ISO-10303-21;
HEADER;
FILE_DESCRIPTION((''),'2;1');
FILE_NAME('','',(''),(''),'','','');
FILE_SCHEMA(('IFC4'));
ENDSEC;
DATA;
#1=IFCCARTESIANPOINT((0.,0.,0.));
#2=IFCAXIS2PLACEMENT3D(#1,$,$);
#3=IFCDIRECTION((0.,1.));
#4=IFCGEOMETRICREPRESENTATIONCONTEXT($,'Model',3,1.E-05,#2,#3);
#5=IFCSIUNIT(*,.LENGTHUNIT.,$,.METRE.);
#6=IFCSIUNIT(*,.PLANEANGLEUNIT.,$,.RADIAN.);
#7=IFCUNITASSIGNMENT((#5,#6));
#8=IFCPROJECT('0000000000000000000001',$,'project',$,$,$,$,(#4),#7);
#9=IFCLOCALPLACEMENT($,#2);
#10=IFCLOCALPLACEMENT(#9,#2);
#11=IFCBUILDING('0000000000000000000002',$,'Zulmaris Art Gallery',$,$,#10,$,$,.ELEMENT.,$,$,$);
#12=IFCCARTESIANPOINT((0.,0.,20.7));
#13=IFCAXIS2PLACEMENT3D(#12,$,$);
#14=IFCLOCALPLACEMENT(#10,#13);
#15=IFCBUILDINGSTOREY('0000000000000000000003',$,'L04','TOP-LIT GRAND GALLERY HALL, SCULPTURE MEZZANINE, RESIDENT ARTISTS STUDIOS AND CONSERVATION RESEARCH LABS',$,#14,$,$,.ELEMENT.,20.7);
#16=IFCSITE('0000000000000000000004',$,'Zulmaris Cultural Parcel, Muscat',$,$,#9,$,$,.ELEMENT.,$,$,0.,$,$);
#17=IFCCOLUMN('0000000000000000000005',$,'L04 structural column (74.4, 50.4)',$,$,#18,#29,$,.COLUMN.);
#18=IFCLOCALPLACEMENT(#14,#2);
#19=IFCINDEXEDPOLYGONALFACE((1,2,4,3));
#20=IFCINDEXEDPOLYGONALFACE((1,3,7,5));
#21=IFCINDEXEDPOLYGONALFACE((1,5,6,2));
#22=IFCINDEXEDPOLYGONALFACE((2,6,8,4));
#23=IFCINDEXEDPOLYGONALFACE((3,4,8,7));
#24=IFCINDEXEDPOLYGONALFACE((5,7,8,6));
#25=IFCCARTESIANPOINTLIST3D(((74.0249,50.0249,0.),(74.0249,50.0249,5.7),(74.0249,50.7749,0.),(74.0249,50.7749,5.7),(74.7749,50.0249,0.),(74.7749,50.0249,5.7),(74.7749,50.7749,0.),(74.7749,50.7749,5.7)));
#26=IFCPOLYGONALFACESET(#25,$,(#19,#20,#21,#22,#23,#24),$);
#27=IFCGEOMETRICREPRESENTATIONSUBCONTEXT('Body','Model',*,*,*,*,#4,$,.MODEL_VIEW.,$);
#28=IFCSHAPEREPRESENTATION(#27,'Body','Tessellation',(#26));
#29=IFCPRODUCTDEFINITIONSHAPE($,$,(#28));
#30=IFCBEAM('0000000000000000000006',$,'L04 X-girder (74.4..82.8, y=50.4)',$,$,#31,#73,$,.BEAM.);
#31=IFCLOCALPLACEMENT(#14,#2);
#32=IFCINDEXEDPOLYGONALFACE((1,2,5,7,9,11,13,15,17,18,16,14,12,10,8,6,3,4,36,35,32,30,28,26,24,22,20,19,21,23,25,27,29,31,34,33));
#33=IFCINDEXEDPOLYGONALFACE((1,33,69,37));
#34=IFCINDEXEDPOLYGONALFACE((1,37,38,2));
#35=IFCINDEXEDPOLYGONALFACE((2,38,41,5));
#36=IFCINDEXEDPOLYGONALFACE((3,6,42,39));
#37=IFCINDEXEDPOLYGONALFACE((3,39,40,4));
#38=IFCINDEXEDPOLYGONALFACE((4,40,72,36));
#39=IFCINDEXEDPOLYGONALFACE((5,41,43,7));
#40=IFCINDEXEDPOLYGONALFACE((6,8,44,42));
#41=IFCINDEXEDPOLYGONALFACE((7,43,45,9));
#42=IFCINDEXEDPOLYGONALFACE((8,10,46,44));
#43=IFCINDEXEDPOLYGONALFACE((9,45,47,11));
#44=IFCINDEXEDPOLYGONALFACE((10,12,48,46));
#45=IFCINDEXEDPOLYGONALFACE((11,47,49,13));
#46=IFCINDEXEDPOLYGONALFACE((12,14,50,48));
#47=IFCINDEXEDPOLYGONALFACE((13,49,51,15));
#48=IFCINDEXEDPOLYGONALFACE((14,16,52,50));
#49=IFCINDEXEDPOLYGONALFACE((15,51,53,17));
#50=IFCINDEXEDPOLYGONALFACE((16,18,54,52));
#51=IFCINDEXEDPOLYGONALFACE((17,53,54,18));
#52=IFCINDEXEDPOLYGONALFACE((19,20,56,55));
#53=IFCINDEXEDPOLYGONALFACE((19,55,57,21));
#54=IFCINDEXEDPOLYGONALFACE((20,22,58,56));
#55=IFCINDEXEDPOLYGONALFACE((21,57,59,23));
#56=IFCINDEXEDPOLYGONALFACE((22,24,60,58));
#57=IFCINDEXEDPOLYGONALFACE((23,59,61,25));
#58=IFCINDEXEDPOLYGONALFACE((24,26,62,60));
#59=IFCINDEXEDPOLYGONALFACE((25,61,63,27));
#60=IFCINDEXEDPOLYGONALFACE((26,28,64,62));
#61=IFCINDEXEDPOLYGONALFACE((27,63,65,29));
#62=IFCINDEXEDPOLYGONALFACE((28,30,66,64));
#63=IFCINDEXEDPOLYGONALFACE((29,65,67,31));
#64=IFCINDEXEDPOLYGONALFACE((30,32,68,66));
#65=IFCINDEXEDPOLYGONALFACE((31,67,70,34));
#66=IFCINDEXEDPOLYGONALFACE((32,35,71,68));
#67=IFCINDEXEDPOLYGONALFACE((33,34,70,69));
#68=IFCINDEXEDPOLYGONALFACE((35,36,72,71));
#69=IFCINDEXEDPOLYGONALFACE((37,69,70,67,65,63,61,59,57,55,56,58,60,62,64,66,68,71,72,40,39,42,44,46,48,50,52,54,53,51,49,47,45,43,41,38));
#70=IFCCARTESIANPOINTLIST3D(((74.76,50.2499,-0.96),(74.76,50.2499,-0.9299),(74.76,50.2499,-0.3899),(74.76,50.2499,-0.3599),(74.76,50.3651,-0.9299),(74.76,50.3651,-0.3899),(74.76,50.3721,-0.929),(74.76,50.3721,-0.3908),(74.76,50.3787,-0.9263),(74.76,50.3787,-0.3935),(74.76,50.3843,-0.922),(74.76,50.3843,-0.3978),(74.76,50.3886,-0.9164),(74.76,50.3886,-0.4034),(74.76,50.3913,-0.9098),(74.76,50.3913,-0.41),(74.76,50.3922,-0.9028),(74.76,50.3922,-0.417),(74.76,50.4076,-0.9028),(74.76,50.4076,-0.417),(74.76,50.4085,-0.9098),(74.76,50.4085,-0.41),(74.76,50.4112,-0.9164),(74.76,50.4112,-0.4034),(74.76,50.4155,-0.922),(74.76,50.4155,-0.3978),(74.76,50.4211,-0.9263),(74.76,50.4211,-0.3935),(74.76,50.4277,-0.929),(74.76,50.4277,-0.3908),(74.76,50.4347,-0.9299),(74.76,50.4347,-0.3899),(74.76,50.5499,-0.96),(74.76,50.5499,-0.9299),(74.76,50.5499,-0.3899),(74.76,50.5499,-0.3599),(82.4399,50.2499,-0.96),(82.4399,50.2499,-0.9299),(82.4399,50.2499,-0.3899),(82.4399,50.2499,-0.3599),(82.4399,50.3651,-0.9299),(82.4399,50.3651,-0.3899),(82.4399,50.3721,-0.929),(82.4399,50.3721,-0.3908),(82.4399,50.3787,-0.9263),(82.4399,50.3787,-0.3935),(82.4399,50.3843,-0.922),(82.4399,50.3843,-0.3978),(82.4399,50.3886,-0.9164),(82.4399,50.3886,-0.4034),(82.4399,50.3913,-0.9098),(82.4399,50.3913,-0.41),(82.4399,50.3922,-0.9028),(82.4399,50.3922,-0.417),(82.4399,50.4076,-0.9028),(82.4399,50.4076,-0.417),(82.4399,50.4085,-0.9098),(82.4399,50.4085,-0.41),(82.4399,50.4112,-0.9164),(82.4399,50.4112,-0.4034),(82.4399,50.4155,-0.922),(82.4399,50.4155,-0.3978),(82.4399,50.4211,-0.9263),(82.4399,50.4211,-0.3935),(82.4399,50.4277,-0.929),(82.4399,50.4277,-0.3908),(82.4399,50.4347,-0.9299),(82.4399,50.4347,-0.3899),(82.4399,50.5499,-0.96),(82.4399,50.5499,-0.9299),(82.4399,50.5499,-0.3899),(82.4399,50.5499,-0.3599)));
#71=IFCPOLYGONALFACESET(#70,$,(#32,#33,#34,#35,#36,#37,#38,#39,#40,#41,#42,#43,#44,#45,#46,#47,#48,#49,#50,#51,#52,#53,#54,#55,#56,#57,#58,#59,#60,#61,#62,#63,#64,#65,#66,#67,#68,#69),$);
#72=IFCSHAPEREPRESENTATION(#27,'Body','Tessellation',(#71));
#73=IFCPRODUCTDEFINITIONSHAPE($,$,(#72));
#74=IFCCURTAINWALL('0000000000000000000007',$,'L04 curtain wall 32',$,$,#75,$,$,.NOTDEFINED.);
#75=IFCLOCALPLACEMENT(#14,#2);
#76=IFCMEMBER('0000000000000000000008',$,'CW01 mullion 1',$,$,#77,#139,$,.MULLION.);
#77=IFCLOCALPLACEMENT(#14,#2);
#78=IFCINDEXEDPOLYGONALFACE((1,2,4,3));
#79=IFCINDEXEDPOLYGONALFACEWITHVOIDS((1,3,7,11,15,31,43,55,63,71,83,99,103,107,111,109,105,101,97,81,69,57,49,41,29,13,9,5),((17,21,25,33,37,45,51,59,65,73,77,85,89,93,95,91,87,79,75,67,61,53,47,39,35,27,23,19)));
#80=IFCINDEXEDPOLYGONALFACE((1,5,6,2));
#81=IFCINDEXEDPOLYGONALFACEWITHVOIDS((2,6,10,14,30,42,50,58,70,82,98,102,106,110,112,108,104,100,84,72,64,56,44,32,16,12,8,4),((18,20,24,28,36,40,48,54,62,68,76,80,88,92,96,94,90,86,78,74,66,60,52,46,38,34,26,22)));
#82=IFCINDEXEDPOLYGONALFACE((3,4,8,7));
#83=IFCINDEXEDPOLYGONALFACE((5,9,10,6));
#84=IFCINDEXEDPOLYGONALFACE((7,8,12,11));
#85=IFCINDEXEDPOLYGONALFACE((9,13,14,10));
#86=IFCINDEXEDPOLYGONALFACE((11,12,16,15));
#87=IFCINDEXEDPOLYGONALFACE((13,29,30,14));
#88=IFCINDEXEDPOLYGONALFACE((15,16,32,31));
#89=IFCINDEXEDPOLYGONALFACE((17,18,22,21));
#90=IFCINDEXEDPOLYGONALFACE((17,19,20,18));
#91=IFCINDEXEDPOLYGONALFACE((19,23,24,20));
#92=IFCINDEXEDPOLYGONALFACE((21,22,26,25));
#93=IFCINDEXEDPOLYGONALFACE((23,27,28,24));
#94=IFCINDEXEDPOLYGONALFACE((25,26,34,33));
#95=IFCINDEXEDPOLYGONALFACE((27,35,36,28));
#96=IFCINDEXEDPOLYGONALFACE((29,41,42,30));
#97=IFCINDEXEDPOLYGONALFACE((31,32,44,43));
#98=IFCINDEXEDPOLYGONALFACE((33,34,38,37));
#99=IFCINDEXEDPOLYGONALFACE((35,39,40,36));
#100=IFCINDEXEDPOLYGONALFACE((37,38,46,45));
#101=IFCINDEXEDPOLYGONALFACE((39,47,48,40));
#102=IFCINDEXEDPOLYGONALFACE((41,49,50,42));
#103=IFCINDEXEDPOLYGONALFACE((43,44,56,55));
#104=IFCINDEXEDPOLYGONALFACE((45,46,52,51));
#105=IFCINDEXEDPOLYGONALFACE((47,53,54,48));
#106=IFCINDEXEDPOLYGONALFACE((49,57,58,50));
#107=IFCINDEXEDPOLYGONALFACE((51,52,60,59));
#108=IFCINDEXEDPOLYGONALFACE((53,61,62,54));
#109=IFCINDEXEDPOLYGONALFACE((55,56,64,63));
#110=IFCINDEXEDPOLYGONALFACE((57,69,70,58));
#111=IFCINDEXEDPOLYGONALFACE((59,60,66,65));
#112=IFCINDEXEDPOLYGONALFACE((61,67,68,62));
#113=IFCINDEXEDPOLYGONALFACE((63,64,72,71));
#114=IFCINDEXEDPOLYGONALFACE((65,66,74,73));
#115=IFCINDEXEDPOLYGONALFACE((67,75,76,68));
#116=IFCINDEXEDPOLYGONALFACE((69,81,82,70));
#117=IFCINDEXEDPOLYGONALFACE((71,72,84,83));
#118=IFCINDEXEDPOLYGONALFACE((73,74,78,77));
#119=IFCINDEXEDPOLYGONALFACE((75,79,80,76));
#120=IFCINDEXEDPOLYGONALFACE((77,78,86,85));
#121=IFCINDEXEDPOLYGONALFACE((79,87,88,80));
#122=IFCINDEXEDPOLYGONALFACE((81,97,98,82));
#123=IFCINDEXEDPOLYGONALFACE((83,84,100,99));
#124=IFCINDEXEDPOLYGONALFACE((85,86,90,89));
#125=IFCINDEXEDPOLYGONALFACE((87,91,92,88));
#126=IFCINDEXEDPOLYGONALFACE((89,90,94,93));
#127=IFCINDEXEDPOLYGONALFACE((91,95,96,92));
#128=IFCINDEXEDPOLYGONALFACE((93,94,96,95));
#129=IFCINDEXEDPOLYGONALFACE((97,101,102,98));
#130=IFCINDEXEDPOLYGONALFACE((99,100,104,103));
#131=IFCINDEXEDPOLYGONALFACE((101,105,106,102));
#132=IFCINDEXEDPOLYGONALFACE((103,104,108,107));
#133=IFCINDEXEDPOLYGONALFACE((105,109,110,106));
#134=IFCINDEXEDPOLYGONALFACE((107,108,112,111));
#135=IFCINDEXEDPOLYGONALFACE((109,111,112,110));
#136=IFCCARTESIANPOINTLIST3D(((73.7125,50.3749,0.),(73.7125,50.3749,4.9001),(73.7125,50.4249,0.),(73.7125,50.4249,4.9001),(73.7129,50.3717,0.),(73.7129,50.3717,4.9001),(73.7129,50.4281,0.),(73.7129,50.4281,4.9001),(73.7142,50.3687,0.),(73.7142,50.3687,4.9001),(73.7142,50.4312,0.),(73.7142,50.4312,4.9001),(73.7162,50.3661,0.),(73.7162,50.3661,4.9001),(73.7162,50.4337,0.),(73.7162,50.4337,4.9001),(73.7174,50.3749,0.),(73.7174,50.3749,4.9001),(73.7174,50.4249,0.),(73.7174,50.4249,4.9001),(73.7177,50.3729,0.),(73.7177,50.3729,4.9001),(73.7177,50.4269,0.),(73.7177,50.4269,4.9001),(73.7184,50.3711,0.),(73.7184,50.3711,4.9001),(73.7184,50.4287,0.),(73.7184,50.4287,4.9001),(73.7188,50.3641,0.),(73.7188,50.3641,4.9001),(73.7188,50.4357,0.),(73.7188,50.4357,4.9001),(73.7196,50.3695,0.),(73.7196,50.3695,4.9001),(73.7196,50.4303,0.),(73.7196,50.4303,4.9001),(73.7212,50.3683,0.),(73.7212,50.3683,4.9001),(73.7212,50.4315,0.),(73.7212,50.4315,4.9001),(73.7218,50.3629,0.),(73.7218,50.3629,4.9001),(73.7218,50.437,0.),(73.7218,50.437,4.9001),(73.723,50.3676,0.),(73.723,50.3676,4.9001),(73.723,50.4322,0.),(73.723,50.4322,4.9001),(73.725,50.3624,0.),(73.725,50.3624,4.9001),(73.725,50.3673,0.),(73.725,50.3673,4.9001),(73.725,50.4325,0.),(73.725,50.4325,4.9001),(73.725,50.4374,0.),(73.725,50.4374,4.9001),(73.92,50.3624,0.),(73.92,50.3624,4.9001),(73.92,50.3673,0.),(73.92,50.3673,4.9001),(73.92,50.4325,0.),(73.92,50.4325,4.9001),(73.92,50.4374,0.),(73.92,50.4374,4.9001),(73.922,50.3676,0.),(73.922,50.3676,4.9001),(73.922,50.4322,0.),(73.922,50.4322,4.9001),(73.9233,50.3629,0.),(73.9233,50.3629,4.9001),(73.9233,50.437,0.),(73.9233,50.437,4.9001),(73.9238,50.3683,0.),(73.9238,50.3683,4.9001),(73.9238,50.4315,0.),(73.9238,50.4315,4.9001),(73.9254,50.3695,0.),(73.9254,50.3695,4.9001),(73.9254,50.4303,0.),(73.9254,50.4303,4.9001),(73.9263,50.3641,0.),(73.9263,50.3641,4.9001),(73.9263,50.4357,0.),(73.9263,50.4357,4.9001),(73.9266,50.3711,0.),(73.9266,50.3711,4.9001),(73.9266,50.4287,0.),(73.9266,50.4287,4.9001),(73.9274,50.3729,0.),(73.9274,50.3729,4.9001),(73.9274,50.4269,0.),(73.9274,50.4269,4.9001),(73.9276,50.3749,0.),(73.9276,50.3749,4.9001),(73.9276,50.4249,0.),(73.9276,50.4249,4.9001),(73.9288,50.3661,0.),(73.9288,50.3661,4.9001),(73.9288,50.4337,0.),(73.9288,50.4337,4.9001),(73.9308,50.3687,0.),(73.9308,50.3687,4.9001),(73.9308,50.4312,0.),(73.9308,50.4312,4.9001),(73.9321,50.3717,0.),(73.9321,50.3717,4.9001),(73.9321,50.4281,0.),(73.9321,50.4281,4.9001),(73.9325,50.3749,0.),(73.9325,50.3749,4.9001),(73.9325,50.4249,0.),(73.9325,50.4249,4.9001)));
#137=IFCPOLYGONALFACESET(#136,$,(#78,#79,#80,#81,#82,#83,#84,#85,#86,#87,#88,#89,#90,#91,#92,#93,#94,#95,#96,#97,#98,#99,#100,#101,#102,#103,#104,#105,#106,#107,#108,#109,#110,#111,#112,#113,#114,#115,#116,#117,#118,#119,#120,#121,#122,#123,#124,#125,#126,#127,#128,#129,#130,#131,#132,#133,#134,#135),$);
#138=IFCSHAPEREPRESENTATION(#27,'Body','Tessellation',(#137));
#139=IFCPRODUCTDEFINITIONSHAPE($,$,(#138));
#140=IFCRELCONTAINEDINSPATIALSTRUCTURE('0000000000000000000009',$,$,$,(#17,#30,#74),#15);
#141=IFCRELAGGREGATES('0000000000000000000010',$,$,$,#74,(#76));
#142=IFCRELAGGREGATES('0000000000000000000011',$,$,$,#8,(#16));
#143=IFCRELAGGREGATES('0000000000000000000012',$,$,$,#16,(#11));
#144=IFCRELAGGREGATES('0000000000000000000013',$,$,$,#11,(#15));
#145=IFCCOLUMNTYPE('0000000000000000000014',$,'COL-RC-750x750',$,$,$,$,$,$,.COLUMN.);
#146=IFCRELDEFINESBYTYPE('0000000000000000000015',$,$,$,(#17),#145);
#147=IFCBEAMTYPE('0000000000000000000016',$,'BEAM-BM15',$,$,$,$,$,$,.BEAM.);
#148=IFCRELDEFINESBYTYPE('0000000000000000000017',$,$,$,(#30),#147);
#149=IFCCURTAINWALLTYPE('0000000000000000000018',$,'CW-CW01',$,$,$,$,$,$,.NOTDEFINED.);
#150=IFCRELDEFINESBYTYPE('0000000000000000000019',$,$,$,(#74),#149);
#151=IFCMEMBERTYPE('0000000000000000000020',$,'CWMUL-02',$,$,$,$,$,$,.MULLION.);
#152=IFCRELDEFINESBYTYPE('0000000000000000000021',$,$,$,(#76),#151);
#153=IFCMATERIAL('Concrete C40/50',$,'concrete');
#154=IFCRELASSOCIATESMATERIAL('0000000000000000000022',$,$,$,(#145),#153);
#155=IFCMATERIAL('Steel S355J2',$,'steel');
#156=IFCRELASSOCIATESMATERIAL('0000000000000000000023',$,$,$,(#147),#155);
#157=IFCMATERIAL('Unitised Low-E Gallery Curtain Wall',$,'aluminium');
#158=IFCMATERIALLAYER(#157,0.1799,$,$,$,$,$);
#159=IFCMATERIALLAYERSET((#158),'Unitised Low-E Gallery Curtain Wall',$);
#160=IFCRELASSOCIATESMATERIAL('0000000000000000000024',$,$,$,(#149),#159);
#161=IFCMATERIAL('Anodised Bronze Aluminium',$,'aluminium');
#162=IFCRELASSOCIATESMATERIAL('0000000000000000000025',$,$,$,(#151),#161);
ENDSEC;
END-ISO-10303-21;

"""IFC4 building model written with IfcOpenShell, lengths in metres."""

from ifc_helpers import new_model, si_unit, direction, frame, origin, origin_2d, place, context, subcontext, project, spatial, rectangle, hollow_rectangle, i_section, extrude, material, layer, layer_set, material_profile, profile_set, type_object, element, aggregate, save


model = new_model("IFC4")

# Units and contexts
model_context = context("Model", 3, precision=1e-05, world=origin(), true_north=direction((0.0, 1.0)))
body_context = subcontext(model_context, "Body", "Model", "MODEL_VIEW")
ifc_project = project(units=[si_unit("LENGTHUNIT", "METRE"), si_unit("PLANEANGLEUNIT", "RADIAN")], contexts=[model_context])

# Site, building, storey
site_placement = place(None, origin())
site = spatial("IfcSite", under=ifc_project, at=site_placement, Name="Zulmaris Cultural Parcel, Muscat", CompositionType="ELEMENT", RefElevation=0.0)
building_placement = place(site_placement, origin())
building = spatial("IfcBuilding", under=site, at=building_placement, Name="Zulmaris Art Gallery", CompositionType="ELEMENT")
storey_placement = place(building_placement, frame((0.0, 0.0, 20.7)))
storey = spatial("IfcBuildingStorey", under=building, at=storey_placement, Name="L04", Description="TOP-LIT GRAND GALLERY HALL, SCULPTURE MEZZANINE, RESIDENT ARTISTS STUDIOS AND CONSERVATION RESEARCH LABS", CompositionType="ELEMENT", Elevation=20.7)

# Column
ifc_material_1 = material(Name="Concrete C40/50", Category="concrete")
ifc_material_profile_1 = material_profile(ifc_material_1, rectangle(XDim=0.75, YDim=0.75, at=origin_2d()), Name="RC 750x750")
ifc_profile_set_1 = profile_set([ifc_material_profile_1], Name="Concrete C40/50")
column_type = type_object("IfcColumnType", Name="COL-RC-750x750", PredefinedType="COLUMN", material=ifc_profile_set_1)
column_placement = place(storey_placement, frame((74.3999, 50.3999, 0.0), z_axis=(0.0, 0.0, 1.0), x_axis=(1.0, 0.0, 0.0)))
element("IfcColumn", 1, at=column_placement, inside=storey, type_object=column_type, Name="L04 structural column (74.4, 50.4)", PredefinedType="COLUMN", context=body_context, shape_type="SweptSolid", body=[
    extrude(rectangle(XDim=0.75, YDim=0.75, at=origin_2d()), origin(), (0.0, 0.0, 1.0), 5.7),
])

# Beam
ifc_material_2 = material(Name="Steel S355J2", Category="steel")
ifc_material_profile_2 = material_profile(ifc_material_2, i_section(OverallWidth=0.3, OverallDepth=0.6001, WebThickness=0.0154, FlangeThickness=0.03, FilletRadius=0.0271, at=origin_2d()), Name="HEB 600")
ifc_profile_set_2 = profile_set([ifc_material_profile_2], Name="Steel S355J2")
beam_type = type_object("IfcBeamType", Name="BEAM-BM15", PredefinedType="BEAM", material=ifc_profile_set_2)
beam_placement = place(storey_placement, frame((74.76, 50.3999, -0.6599), z_axis=(1.0, 0.0, 0.0), x_axis=(0.0, 1.0, 0.0)))
element("IfcBeam", 2, at=beam_placement, inside=storey, type_object=beam_type, Name="L04 X-girder (74.4..82.8, y=50.4)", PredefinedType="BEAM", context=body_context, shape_type="SweptSolid", body=[
    extrude(i_section(OverallWidth=0.3, OverallDepth=0.6001, WebThickness=0.0154, FlangeThickness=0.03, FilletRadius=0.0271, at=origin_2d()), origin(), (0.0, 0.0, 1.0), 7.6799),
])

# Curtain wall, member
ifc_material_3 = material(Name="Unitised Low-E Gallery Curtain Wall", Category="aluminium")
ifc_layer_1 = layer(ifc_material_3, 0.1799)
ifc_layer_set_1 = layer_set([ifc_layer_1], Name="Unitised Low-E Gallery Curtain Wall")
curtain_wall_type = type_object("IfcCurtainWallType", Name="CW-CW01", PredefinedType="NOTDEFINED", material=ifc_layer_set_1)
curtain_wall_1_placement = place(storey_placement, origin())
curtain_wall_1 = element("IfcCurtainWall", 3, at=curtain_wall_1_placement, inside=storey, type_object=curtain_wall_type, Name="L04 curtain wall 32", PredefinedType="NOTDEFINED")
ifc_material_4 = material(Name="Anodised Bronze Aluminium", Category="aluminium")
ifc_material_profile_3 = material_profile(ifc_material_4, hollow_rectangle(XDim=0.075, YDim=0.22, WallThickness=0.0049, InnerFilletRadius=0.0076, OuterFilletRadius=0.0125, at=origin_2d()), Name="ALU 75x220x5")
ifc_profile_set_3 = profile_set([ifc_material_profile_3], Name="Anodised Bronze Aluminium")
member_type_1 = type_object("IfcMemberType", Name="CWMUL-02", PredefinedType="MULLION", material=ifc_profile_set_3)
member_1_placement = place(storey_placement, frame((73.8225, 50.3999, 0.0), z_axis=(0.0, 0.0, 1.0), x_axis=(0.0, -1.0, 0.0)))
member_1 = element("IfcMember", 4, at=member_1_placement, type_object=member_type_1, Name="CW01 mullion 1", PredefinedType="MULLION", context=body_context, shape_type="SweptSolid", body=[
    extrude(hollow_rectangle(XDim=0.075, YDim=0.22, WallThickness=0.0049, InnerFilletRadius=0.0076, OuterFilletRadius=0.0125, at=origin_2d()), origin(), (0.0, 0.0, 1.0), 4.9001),
])

aggregate(curtain_wall_1, [member_1])

save(model, "model.ifc")
